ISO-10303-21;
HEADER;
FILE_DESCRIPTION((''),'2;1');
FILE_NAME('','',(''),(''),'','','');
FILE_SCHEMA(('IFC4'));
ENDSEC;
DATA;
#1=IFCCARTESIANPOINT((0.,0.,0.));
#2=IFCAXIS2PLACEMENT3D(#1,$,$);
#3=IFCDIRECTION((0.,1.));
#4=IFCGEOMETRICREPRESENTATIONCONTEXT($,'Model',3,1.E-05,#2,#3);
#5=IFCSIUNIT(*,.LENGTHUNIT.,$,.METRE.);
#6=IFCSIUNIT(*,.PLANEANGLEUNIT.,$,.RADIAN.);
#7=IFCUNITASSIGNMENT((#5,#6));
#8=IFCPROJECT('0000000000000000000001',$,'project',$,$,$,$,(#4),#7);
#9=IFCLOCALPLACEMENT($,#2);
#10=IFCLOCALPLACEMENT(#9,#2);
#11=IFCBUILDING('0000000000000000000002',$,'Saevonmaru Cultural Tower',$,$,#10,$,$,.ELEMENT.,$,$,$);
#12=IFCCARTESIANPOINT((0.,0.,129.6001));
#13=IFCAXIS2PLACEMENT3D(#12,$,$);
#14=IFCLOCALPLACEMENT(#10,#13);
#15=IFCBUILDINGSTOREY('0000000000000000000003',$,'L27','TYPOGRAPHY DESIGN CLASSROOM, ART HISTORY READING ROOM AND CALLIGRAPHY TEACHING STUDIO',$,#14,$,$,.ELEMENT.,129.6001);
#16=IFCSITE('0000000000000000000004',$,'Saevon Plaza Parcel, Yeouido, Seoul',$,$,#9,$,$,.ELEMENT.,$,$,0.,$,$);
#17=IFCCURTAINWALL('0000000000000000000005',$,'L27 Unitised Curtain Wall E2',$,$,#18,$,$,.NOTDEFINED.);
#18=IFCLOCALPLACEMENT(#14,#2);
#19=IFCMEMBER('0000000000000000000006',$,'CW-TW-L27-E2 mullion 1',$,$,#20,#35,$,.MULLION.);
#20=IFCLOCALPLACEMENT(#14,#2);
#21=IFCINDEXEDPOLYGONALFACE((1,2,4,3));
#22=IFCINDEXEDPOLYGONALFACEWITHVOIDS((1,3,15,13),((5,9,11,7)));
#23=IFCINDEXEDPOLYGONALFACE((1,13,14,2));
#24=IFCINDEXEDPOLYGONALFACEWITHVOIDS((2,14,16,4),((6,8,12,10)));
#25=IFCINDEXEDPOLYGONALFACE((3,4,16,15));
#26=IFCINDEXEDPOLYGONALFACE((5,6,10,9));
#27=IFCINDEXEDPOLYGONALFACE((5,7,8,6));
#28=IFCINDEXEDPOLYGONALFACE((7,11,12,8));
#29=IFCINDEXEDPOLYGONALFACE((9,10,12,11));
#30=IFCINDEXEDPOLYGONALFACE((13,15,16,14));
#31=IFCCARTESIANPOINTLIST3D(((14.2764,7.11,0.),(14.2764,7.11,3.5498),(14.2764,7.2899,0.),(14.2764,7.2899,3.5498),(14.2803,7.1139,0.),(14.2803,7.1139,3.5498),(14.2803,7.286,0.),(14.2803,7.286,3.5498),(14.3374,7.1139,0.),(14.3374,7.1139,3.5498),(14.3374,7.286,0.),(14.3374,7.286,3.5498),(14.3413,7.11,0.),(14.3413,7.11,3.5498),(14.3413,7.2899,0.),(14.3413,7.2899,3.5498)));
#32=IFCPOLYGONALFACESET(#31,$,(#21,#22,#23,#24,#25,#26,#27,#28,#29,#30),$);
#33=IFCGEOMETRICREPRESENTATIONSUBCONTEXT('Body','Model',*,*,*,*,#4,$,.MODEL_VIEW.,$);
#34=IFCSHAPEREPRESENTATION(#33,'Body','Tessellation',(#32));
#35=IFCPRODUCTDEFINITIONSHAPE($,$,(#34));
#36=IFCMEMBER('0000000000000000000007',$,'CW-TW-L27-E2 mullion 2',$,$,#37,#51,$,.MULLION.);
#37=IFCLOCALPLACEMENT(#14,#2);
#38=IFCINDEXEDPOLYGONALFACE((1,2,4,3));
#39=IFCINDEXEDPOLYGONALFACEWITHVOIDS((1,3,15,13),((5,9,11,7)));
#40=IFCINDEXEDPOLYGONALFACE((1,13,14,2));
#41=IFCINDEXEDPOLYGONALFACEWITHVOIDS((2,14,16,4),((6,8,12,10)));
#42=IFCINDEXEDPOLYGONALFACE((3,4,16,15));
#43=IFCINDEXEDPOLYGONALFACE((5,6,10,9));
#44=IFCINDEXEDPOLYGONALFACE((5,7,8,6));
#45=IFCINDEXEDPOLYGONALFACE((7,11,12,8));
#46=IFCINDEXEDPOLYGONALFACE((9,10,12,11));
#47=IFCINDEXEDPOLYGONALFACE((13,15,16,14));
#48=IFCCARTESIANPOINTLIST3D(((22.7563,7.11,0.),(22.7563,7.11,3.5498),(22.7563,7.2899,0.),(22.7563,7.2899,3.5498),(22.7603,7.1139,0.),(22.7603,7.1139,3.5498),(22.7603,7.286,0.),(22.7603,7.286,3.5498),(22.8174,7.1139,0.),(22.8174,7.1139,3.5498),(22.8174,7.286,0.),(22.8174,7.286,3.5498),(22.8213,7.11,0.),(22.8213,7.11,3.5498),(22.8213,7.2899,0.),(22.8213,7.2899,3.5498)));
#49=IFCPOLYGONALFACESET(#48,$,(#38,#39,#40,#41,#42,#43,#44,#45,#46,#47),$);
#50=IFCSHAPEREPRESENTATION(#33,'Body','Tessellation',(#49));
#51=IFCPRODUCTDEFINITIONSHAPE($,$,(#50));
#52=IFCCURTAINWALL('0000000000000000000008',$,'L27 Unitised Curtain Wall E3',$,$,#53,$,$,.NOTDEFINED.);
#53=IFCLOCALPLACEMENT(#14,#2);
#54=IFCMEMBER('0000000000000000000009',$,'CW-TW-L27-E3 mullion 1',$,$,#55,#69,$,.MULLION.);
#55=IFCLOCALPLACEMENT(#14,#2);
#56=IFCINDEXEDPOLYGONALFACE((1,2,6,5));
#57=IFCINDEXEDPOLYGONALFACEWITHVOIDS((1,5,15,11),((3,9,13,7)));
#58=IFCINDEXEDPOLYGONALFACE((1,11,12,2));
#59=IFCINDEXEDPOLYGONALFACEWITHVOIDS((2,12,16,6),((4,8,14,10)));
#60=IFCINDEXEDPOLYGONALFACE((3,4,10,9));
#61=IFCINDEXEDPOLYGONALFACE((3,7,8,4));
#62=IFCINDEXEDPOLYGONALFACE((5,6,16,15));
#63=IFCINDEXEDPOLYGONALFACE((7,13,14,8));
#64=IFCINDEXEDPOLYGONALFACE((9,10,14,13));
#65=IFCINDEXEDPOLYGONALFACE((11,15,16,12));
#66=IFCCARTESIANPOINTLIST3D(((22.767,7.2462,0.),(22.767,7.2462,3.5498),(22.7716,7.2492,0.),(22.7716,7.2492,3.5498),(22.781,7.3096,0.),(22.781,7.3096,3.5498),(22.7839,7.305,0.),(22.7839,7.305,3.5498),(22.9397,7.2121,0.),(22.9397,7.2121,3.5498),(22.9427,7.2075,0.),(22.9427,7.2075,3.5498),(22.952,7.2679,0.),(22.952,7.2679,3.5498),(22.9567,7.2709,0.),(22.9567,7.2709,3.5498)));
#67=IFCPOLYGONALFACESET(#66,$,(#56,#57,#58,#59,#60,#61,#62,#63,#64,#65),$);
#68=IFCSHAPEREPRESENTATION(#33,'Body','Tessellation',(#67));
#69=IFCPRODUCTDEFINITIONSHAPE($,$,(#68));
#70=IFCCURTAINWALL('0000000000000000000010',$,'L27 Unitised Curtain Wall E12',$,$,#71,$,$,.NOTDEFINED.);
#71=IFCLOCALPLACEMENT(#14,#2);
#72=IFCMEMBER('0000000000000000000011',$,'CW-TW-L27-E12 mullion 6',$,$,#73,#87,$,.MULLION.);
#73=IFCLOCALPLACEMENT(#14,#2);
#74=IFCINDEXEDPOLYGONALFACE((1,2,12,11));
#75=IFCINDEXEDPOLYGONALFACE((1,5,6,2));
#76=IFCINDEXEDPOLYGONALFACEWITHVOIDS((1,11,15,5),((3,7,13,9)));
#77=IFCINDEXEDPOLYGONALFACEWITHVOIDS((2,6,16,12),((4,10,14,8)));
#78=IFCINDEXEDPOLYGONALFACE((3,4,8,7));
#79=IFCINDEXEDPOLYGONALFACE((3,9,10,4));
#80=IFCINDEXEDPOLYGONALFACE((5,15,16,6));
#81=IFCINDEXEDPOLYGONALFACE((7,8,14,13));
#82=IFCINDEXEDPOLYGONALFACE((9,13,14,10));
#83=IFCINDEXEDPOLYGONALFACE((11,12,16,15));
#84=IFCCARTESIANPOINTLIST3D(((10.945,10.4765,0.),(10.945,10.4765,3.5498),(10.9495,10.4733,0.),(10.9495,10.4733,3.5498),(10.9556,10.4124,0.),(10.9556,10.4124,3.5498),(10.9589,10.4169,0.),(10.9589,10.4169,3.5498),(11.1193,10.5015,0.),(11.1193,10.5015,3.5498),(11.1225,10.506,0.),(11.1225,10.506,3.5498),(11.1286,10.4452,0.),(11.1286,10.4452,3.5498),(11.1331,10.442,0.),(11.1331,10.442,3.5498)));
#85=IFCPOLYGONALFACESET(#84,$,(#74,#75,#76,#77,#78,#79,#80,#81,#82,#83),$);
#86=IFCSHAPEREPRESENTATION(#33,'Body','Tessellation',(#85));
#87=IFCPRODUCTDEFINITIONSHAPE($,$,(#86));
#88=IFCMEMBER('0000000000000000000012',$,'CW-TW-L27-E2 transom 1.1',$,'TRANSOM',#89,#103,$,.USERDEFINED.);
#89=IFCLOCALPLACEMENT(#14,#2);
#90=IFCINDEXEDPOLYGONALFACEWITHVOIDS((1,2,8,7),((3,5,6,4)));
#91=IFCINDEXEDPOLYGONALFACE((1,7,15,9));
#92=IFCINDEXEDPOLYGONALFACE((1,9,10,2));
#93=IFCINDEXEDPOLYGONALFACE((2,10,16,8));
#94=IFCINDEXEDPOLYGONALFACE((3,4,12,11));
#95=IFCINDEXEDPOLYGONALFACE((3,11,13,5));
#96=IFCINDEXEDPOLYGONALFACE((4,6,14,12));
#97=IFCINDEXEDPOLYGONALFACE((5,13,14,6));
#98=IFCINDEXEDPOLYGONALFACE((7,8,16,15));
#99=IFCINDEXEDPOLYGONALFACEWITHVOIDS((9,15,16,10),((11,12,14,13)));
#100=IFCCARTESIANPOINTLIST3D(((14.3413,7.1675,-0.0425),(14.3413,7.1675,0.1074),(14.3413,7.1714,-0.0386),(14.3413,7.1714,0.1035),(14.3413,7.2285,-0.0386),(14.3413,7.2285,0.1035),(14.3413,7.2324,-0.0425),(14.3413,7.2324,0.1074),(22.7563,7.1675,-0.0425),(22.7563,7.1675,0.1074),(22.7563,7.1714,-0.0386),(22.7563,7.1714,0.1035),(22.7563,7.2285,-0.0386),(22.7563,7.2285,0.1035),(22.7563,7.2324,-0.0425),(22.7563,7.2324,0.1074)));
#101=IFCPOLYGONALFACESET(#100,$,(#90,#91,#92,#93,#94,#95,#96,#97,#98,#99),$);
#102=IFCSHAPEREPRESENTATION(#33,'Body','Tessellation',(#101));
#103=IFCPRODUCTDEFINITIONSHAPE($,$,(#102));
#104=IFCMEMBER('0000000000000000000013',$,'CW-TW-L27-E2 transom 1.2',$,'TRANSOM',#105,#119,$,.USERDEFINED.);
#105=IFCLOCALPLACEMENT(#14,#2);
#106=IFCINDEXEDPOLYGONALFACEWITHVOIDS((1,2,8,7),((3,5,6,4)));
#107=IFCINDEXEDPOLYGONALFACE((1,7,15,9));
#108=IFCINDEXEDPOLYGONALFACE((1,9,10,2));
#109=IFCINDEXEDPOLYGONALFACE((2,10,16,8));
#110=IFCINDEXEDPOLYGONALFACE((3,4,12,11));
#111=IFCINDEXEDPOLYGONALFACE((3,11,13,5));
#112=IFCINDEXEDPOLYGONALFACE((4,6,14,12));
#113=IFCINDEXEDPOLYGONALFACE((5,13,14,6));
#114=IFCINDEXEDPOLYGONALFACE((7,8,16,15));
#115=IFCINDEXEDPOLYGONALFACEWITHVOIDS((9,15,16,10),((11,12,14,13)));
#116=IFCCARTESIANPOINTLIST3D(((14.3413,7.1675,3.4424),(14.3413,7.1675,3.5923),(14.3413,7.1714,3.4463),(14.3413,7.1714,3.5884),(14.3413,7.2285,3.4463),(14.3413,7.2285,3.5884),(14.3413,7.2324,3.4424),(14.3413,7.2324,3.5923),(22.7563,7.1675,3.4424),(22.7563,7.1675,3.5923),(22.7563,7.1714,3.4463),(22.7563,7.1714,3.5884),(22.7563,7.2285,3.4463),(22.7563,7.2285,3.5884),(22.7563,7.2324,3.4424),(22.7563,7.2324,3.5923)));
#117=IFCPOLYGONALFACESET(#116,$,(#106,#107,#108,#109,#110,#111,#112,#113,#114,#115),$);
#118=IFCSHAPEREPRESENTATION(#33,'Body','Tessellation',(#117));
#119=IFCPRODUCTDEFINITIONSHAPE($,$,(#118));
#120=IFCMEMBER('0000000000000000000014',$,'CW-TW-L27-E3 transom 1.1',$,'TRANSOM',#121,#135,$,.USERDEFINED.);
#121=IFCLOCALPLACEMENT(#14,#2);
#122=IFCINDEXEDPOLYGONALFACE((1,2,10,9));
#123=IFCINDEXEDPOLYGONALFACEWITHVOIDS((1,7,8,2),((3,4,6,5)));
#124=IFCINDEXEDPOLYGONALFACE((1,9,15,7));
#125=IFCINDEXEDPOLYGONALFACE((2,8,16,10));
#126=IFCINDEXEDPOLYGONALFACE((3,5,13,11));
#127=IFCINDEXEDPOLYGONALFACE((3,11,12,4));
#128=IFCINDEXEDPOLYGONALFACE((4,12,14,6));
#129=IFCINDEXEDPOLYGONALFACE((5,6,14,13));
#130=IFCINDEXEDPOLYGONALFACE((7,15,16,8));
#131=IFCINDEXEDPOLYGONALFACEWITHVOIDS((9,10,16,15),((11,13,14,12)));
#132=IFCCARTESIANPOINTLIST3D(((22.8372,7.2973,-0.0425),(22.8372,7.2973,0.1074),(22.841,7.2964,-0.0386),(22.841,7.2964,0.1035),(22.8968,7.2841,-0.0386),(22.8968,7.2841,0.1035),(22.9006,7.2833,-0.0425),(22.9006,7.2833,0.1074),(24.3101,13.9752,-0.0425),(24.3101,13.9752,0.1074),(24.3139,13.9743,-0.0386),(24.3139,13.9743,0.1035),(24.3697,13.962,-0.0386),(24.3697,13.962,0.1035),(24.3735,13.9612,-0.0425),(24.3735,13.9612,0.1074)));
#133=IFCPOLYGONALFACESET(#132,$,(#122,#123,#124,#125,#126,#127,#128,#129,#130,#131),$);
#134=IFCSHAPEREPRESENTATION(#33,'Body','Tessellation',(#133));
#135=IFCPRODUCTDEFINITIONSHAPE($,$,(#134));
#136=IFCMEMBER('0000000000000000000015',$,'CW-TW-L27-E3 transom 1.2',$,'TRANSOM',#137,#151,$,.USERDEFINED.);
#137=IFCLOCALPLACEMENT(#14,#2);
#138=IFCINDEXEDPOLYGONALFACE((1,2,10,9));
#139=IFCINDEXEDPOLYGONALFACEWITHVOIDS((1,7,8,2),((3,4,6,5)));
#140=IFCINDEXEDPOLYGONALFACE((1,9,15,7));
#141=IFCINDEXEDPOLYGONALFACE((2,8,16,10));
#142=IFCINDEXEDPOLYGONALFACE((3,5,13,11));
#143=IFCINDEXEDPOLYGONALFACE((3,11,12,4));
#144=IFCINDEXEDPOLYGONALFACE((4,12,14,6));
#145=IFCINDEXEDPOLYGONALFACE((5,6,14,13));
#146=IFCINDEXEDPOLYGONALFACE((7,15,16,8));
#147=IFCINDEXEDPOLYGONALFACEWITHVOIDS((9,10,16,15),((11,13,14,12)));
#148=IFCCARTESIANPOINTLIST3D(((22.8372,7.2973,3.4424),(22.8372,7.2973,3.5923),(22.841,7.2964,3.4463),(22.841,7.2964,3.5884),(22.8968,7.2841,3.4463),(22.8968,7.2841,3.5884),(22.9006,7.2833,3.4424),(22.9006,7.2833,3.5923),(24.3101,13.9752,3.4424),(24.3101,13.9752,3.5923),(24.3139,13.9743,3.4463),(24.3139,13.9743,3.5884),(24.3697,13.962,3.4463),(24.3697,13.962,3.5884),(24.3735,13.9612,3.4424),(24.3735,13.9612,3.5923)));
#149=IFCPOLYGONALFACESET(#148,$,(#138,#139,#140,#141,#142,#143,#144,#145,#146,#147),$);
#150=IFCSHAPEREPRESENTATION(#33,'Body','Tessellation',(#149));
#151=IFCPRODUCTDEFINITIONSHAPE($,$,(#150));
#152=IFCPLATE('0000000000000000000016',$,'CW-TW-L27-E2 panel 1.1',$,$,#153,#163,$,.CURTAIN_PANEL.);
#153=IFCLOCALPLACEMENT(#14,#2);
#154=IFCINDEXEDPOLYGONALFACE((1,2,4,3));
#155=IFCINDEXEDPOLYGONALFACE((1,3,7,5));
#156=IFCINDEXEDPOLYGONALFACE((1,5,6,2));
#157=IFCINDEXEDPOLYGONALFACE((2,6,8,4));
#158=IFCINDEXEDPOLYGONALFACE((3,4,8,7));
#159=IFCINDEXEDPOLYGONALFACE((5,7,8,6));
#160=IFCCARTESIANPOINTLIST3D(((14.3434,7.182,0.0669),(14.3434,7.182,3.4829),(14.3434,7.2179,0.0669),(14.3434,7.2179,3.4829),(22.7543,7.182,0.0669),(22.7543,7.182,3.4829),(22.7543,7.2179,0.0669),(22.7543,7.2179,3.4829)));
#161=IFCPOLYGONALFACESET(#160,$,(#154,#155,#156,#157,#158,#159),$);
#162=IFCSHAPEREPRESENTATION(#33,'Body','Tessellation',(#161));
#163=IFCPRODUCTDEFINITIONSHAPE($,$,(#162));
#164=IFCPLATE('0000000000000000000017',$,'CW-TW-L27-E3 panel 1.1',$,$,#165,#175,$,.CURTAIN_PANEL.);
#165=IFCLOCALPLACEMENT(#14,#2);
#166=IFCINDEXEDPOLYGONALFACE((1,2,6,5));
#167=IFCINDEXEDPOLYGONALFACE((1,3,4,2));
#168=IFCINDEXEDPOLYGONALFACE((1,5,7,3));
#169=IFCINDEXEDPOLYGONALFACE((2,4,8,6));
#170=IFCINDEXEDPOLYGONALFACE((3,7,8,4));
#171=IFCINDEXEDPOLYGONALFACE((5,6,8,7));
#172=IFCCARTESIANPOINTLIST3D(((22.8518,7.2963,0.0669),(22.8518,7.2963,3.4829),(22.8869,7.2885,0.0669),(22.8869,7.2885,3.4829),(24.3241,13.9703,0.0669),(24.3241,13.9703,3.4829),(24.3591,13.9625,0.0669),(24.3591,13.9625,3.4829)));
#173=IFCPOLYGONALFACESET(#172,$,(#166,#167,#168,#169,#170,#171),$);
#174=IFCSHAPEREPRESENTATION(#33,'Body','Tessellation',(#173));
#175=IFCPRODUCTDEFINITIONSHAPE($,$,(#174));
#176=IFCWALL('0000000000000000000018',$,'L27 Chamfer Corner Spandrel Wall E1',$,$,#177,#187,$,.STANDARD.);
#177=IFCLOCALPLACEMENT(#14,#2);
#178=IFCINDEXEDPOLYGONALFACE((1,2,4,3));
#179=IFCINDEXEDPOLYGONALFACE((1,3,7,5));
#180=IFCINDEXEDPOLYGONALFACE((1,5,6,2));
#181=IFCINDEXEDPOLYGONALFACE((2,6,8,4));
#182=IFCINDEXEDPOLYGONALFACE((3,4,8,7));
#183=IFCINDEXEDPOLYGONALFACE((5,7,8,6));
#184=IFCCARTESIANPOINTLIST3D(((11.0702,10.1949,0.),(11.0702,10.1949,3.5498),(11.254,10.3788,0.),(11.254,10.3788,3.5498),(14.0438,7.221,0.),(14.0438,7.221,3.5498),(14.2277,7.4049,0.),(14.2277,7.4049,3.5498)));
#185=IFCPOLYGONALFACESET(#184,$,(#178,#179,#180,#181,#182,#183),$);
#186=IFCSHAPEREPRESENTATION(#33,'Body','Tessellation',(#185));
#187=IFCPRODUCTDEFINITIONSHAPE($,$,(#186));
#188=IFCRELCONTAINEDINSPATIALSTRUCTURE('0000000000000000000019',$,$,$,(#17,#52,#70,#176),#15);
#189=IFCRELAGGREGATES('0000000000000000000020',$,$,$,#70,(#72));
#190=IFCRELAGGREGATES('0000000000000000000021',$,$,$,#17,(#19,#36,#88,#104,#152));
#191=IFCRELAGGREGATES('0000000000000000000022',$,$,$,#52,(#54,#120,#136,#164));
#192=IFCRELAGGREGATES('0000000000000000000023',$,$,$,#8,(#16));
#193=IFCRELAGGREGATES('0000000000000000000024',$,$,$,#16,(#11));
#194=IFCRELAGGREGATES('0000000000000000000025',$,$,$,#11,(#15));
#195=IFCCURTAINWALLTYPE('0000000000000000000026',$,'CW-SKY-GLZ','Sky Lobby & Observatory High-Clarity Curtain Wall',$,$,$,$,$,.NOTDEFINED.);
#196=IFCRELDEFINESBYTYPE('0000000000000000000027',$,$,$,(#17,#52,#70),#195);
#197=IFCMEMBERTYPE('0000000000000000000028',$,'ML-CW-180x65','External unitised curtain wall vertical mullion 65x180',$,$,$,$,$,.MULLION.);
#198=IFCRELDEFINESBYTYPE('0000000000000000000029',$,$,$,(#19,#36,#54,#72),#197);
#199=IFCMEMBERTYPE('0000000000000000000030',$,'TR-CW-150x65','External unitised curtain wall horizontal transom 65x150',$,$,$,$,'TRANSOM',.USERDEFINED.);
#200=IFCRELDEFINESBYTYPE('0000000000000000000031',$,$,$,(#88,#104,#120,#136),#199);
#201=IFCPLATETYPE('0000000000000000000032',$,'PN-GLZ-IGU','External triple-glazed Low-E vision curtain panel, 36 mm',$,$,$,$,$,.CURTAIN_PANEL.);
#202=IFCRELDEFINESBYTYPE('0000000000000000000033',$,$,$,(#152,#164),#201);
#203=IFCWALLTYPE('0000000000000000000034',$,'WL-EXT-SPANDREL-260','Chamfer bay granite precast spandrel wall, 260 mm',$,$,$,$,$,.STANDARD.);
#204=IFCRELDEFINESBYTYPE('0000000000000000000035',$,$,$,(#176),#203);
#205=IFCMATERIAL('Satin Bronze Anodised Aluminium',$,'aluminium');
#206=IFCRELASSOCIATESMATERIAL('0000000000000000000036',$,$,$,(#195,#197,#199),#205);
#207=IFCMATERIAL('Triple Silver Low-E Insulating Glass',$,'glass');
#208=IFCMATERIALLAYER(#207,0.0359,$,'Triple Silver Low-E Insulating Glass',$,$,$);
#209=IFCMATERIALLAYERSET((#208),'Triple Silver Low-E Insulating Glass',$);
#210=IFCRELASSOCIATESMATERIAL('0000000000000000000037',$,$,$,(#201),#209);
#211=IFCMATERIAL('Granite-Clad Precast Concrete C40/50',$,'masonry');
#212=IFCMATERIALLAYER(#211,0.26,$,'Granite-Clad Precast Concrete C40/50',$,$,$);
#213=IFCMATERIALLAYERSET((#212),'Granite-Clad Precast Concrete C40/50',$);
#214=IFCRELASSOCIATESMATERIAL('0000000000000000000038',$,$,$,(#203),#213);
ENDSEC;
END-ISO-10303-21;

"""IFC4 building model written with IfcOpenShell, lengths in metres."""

from ifc_helpers import new_model, si_unit, direction, frame, frame_2d, origin, origin_2d, place, context, subcontext, project, spatial, rectangle, hollow_rectangle, extrude, material, layer, layer_set, material_profile, profile_set, type_object, element, aggregate, save


model = new_model("IFC4")

# Units and contexts
model_context = context("Model", 3, precision=1e-05, world=origin(), true_north=direction((0.0, 1.0)))
body_context = subcontext(model_context, "Body", "Model", "MODEL_VIEW")
ifc_project = project(units=[si_unit("LENGTHUNIT", "METRE"), si_unit("PLANEANGLEUNIT", "RADIAN")], contexts=[model_context])

# Site, building, storey
site_placement = place(None, origin())
site = spatial("IfcSite", under=ifc_project, at=site_placement, Name="Saevon Plaza Parcel, Yeouido, Seoul", CompositionType="ELEMENT", RefElevation=0.0)
building_placement = place(site_placement, origin())
building = spatial("IfcBuilding", under=site, at=building_placement, Name="Saevonmaru Cultural Tower", CompositionType="ELEMENT")
storey_placement = place(building_placement, frame((0.0, 0.0, 129.6001)))
storey = spatial("IfcBuildingStorey", under=building, at=storey_placement, Name="L27", Description="TYPOGRAPHY DESIGN CLASSROOM, ART HISTORY READING ROOM AND CALLIGRAPHY TEACHING STUDIO", CompositionType="ELEMENT", Elevation=129.6001)

# Curtain wall, members
ifc_material_1 = material(Name="Satin Bronze Anodised Aluminium", Category="aluminium")
curtain_wall_type = type_object("IfcCurtainWallType", Name="CW-SKY-GLZ", Description="Sky Lobby & Observatory High-Clarity Curtain Wall", PredefinedType="NOTDEFINED", material=ifc_material_1)
curtain_wall_1_placement = place(storey_placement, origin())
curtain_wall_1 = element("IfcCurtainWall", 1, at=curtain_wall_1_placement, inside=storey, type_object=curtain_wall_type, Name="L27 Unitised Curtain Wall E2", PredefinedType="NOTDEFINED")
ifc_material_profile_1 = material_profile(ifc_material_1, hollow_rectangle(XDim=0.0649, YDim=0.1799, WallThickness=0.0039, at=origin_2d()), Name="ALU-MULL-180x65x4")
ifc_profile_set_1 = profile_set([ifc_material_profile_1], Name="Satin Bronze Anodised Aluminium")
member_type_1 = type_object("IfcMemberType", Name="ML-CW-180x65", Description="External unitised curtain wall vertical mullion 65x180", PredefinedType="MULLION", material=ifc_profile_set_1)
member_1_placement = place(storey_placement, frame((14.3088, 7.2, 0.0), z_axis=(0.0, 0.0, 1.0), x_axis=(1.0, 0.0, 0.0)))
member_1 = element("IfcMember", 2, at=member_1_placement, type_object=member_type_1, Name="CW-TW-L27-E2 mullion 1", PredefinedType="MULLION", context=body_context, shape_type="SweptSolid", body=[
    extrude(hollow_rectangle(XDim=0.0649, YDim=0.1799, WallThickness=0.0039, at=origin_2d()), origin(), (0.0, 0.0, 1.0), 3.5498),
])
member_2_placement = place(storey_placement, frame((22.7888, 7.2, 0.0), z_axis=(0.0, 0.0, 1.0), x_axis=(1.0, 0.0, 0.0)))
member_2 = element("IfcMember", 3, at=member_2_placement, type_object=member_type_1, Name="CW-TW-L27-E2 mullion 2", PredefinedType="MULLION", context=body_context, shape_type="SweptSolid", body=[
    extrude(hollow_rectangle(XDim=0.0649, YDim=0.1799, WallThickness=0.0039, at=origin_2d()), origin(), (0.0, 0.0, 1.0), 3.5498),
])

# Curtain walls, members
curtain_wall_2_placement = place(storey_placement, origin())
curtain_wall_2 = element("IfcCurtainWall", 4, at=curtain_wall_2_placement, inside=storey, type_object=curtain_wall_type, Name="L27 Unitised Curtain Wall E3", PredefinedType="NOTDEFINED")
member_3_placement = place(storey_placement, frame((22.8618, 7.2585, 0.0), z_axis=(0.0, 0.0, 1.0), x_axis=(0.215413, 0.976523, 0.0)))
member_3 = element("IfcMember", 5, at=member_3_placement, type_object=member_type_1, Name="CW-TW-L27-E3 mullion 1", PredefinedType="MULLION", context=body_context, shape_type="SweptSolid", body=[
    extrude(hollow_rectangle(XDim=0.0649, YDim=0.1799, WallThickness=0.0039, at=origin_2d()), origin(), (0.0, 0.0, 1.0), 3.5498),
])
curtain_wall_3_placement = place(storey_placement, origin())
curtain_wall_3 = element("IfcCurtainWall", 6, at=curtain_wall_3_placement, inside=storey, type_object=curtain_wall_type, Name="L27 Unitised Curtain Wall E12", PredefinedType="NOTDEFINED")
member_4_placement = place(storey_placement, frame((11.0391, 10.4592, 0.0), z_axis=(0.0, 0.0, 1.0), x_axis=(0.163999, -0.986461, 0.0)))
member_4 = element("IfcMember", 7, at=member_4_placement, type_object=member_type_1, Name="CW-TW-L27-E12 mullion 6", PredefinedType="MULLION", context=body_context, shape_type="SweptSolid", body=[
    extrude(hollow_rectangle(XDim=0.0649, YDim=0.1799, WallThickness=0.0039, at=origin_2d()), origin(), (0.0, 0.0, 1.0), 3.5498),
])
aggregate(curtain_wall_3, [member_4])

# Members
ifc_material_profile_2 = material_profile(ifc_material_1, hollow_rectangle(XDim=0.0649, YDim=0.1499, WallThickness=0.0039, at=origin_2d()), Name="ALU-TRAN-150x65x4")
ifc_profile_set_2 = profile_set([ifc_material_profile_2], Name="Satin Bronze Anodised Aluminium")
member_type_2 = type_object("IfcMemberType", Name="TR-CW-150x65", Description="External unitised curtain wall horizontal transom 65x150", ElementType="TRANSOM", PredefinedType="USERDEFINED", material=ifc_profile_set_2)
member_5_placement = place(storey_placement, frame((14.3413, 7.2, 0.0325), z_axis=(1.0, 0.0, 0.0), x_axis=(0.0, 1.0, 0.0)))
member_5 = element("IfcMember", 8, at=member_5_placement, type_object=member_type_2, Name="CW-TW-L27-E2 transom 1.1", ObjectType="TRANSOM", PredefinedType="USERDEFINED", context=body_context, shape_type="SweptSolid", body=[
    extrude(hollow_rectangle(XDim=0.0649, YDim=0.1499, WallThickness=0.0039, at=origin_2d()), origin(), (0.0, 0.0, 1.0), 8.415),
])
member_6_placement = place(storey_placement, frame((14.3413, 7.2, 3.5173), z_axis=(1.0, 0.0, 0.0), x_axis=(0.0, 1.0, 0.0)))
member_6 = element("IfcMember", 9, at=member_6_placement, type_object=member_type_2, Name="CW-TW-L27-E2 transom 1.2", ObjectType="TRANSOM", PredefinedType="USERDEFINED", context=body_context, shape_type="SweptSolid", body=[
    extrude(hollow_rectangle(XDim=0.0649, YDim=0.1499, WallThickness=0.0039, at=origin_2d()), origin(), (0.0, 0.0, 1.0), 8.415),
])
member_7_placement = place(storey_placement, frame((22.8689, 7.2903, 0.0325), z_axis=(0.215384, 0.976529, 0.0), x_axis=(-0.976529, 0.215384, 0.0)))
member_7 = element("IfcMember", 10, at=member_7_placement, type_object=member_type_2, Name="CW-TW-L27-E3 transom 1.1", ObjectType="TRANSOM", PredefinedType="USERDEFINED", context=body_context, shape_type="SweptSolid", body=[
    extrude(hollow_rectangle(XDim=0.0649, YDim=0.1499, WallThickness=0.0039, at=origin_2d()), origin(), (0.0, 0.0, 1.0), 6.8384),
])
member_8_placement = place(storey_placement, frame((22.8689, 7.2903, 3.5173), z_axis=(0.215384, 0.976529, 0.0), x_axis=(-0.976529, 0.215384, 0.0)))
member_8 = element("IfcMember", 11, at=member_8_placement, type_object=member_type_2, Name="CW-TW-L27-E3 transom 1.2", ObjectType="TRANSOM", PredefinedType="USERDEFINED", context=body_context, shape_type="SweptSolid", body=[
    extrude(hollow_rectangle(XDim=0.0649, YDim=0.1499, WallThickness=0.0039, at=origin_2d()), origin(), (0.0, 0.0, 1.0), 6.8384),
])

# Plates
ifc_material_2 = material(Name="Triple Silver Low-E Insulating Glass", Category="glass")
ifc_layer_1 = layer(ifc_material_2, 0.0359, Name="Triple Silver Low-E Insulating Glass")
ifc_layer_set_1 = layer_set([ifc_layer_1], Name="Triple Silver Low-E Insulating Glass")
plate_type = type_object("IfcPlateType", Name="PN-GLZ-IGU", Description="External triple-glazed Low-E vision curtain panel, 36 mm", PredefinedType="CURTAIN_PANEL", material=ifc_layer_set_1)
plate_1_placement = place(storey_placement, frame((18.5488, 7.2, 0.0669), z_axis=(0.0, 0.0, 1.0), x_axis=(1.0, 0.0, 0.0)))
plate_1 = element("IfcPlate", 12, at=plate_1_placement, type_object=plate_type, Name="CW-TW-L27-E2 panel 1.1", PredefinedType="CURTAIN_PANEL", context=body_context, shape_type="SweptSolid", body=[
    extrude(rectangle(XDim=8.4109, YDim=0.0359, at=origin_2d()), origin(), (0.0, 0.0, 1.0), 3.416),
])
aggregate(curtain_wall_1, [member_1, member_2, member_5, member_6, plate_1])
plate_2_placement = place(storey_placement, frame((23.6055, 10.6294, 0.0669), z_axis=(0.0, 0.0, 1.0), x_axis=(0.215413, 0.976523, 0.0)))
plate_2 = element("IfcPlate", 13, at=plate_2_placement, type_object=plate_type, Name="CW-TW-L27-E3 panel 1.1", PredefinedType="CURTAIN_PANEL", context=body_context, shape_type="SweptSolid", body=[
    extrude(rectangle(XDim=6.8345, YDim=0.0359, at=origin_2d()), origin(), (0.0, 0.0, 1.0), 3.416),
])
aggregate(curtain_wall_2, [member_3, member_7, member_8, plate_2])

# Wall
ifc_material_3 = material(Name="Granite-Clad Precast Concrete C40/50", Category="masonry")
ifc_layer_2 = layer(ifc_material_3, 0.26, Name="Granite-Clad Precast Concrete C40/50")
ifc_layer_set_2 = layer_set([ifc_layer_2], Name="Granite-Clad Precast Concrete C40/50")
wall_type_1 = type_object("IfcWallType", Name="WL-EXT-SPANDREL-260", Description="Chamfer bay granite precast spandrel wall, 260 mm", PredefinedType="STANDARD", material=ifc_layer_set_2)
wall_1_placement = place(storey_placement, frame((11.1621, 10.2869, 0.0), z_axis=(0.0, 0.0, 1.0), x_axis=(0.707078, -0.707136, 0.0)))
element("IfcWall", 14, at=wall_1_placement, inside=storey, type_object=wall_type_1, Name="L27 Chamfer Corner Spandrel Wall E1", PredefinedType="STANDARD", context=body_context, shape_type="SweptSolid", body=[
    extrude(rectangle(XDim=4.2056, YDim=0.26, at=frame_2d((2.1028, 0.0))), origin(), (0.0, 0.0, 1.0), 3.5498),
])

save(model, "model.ifc")
